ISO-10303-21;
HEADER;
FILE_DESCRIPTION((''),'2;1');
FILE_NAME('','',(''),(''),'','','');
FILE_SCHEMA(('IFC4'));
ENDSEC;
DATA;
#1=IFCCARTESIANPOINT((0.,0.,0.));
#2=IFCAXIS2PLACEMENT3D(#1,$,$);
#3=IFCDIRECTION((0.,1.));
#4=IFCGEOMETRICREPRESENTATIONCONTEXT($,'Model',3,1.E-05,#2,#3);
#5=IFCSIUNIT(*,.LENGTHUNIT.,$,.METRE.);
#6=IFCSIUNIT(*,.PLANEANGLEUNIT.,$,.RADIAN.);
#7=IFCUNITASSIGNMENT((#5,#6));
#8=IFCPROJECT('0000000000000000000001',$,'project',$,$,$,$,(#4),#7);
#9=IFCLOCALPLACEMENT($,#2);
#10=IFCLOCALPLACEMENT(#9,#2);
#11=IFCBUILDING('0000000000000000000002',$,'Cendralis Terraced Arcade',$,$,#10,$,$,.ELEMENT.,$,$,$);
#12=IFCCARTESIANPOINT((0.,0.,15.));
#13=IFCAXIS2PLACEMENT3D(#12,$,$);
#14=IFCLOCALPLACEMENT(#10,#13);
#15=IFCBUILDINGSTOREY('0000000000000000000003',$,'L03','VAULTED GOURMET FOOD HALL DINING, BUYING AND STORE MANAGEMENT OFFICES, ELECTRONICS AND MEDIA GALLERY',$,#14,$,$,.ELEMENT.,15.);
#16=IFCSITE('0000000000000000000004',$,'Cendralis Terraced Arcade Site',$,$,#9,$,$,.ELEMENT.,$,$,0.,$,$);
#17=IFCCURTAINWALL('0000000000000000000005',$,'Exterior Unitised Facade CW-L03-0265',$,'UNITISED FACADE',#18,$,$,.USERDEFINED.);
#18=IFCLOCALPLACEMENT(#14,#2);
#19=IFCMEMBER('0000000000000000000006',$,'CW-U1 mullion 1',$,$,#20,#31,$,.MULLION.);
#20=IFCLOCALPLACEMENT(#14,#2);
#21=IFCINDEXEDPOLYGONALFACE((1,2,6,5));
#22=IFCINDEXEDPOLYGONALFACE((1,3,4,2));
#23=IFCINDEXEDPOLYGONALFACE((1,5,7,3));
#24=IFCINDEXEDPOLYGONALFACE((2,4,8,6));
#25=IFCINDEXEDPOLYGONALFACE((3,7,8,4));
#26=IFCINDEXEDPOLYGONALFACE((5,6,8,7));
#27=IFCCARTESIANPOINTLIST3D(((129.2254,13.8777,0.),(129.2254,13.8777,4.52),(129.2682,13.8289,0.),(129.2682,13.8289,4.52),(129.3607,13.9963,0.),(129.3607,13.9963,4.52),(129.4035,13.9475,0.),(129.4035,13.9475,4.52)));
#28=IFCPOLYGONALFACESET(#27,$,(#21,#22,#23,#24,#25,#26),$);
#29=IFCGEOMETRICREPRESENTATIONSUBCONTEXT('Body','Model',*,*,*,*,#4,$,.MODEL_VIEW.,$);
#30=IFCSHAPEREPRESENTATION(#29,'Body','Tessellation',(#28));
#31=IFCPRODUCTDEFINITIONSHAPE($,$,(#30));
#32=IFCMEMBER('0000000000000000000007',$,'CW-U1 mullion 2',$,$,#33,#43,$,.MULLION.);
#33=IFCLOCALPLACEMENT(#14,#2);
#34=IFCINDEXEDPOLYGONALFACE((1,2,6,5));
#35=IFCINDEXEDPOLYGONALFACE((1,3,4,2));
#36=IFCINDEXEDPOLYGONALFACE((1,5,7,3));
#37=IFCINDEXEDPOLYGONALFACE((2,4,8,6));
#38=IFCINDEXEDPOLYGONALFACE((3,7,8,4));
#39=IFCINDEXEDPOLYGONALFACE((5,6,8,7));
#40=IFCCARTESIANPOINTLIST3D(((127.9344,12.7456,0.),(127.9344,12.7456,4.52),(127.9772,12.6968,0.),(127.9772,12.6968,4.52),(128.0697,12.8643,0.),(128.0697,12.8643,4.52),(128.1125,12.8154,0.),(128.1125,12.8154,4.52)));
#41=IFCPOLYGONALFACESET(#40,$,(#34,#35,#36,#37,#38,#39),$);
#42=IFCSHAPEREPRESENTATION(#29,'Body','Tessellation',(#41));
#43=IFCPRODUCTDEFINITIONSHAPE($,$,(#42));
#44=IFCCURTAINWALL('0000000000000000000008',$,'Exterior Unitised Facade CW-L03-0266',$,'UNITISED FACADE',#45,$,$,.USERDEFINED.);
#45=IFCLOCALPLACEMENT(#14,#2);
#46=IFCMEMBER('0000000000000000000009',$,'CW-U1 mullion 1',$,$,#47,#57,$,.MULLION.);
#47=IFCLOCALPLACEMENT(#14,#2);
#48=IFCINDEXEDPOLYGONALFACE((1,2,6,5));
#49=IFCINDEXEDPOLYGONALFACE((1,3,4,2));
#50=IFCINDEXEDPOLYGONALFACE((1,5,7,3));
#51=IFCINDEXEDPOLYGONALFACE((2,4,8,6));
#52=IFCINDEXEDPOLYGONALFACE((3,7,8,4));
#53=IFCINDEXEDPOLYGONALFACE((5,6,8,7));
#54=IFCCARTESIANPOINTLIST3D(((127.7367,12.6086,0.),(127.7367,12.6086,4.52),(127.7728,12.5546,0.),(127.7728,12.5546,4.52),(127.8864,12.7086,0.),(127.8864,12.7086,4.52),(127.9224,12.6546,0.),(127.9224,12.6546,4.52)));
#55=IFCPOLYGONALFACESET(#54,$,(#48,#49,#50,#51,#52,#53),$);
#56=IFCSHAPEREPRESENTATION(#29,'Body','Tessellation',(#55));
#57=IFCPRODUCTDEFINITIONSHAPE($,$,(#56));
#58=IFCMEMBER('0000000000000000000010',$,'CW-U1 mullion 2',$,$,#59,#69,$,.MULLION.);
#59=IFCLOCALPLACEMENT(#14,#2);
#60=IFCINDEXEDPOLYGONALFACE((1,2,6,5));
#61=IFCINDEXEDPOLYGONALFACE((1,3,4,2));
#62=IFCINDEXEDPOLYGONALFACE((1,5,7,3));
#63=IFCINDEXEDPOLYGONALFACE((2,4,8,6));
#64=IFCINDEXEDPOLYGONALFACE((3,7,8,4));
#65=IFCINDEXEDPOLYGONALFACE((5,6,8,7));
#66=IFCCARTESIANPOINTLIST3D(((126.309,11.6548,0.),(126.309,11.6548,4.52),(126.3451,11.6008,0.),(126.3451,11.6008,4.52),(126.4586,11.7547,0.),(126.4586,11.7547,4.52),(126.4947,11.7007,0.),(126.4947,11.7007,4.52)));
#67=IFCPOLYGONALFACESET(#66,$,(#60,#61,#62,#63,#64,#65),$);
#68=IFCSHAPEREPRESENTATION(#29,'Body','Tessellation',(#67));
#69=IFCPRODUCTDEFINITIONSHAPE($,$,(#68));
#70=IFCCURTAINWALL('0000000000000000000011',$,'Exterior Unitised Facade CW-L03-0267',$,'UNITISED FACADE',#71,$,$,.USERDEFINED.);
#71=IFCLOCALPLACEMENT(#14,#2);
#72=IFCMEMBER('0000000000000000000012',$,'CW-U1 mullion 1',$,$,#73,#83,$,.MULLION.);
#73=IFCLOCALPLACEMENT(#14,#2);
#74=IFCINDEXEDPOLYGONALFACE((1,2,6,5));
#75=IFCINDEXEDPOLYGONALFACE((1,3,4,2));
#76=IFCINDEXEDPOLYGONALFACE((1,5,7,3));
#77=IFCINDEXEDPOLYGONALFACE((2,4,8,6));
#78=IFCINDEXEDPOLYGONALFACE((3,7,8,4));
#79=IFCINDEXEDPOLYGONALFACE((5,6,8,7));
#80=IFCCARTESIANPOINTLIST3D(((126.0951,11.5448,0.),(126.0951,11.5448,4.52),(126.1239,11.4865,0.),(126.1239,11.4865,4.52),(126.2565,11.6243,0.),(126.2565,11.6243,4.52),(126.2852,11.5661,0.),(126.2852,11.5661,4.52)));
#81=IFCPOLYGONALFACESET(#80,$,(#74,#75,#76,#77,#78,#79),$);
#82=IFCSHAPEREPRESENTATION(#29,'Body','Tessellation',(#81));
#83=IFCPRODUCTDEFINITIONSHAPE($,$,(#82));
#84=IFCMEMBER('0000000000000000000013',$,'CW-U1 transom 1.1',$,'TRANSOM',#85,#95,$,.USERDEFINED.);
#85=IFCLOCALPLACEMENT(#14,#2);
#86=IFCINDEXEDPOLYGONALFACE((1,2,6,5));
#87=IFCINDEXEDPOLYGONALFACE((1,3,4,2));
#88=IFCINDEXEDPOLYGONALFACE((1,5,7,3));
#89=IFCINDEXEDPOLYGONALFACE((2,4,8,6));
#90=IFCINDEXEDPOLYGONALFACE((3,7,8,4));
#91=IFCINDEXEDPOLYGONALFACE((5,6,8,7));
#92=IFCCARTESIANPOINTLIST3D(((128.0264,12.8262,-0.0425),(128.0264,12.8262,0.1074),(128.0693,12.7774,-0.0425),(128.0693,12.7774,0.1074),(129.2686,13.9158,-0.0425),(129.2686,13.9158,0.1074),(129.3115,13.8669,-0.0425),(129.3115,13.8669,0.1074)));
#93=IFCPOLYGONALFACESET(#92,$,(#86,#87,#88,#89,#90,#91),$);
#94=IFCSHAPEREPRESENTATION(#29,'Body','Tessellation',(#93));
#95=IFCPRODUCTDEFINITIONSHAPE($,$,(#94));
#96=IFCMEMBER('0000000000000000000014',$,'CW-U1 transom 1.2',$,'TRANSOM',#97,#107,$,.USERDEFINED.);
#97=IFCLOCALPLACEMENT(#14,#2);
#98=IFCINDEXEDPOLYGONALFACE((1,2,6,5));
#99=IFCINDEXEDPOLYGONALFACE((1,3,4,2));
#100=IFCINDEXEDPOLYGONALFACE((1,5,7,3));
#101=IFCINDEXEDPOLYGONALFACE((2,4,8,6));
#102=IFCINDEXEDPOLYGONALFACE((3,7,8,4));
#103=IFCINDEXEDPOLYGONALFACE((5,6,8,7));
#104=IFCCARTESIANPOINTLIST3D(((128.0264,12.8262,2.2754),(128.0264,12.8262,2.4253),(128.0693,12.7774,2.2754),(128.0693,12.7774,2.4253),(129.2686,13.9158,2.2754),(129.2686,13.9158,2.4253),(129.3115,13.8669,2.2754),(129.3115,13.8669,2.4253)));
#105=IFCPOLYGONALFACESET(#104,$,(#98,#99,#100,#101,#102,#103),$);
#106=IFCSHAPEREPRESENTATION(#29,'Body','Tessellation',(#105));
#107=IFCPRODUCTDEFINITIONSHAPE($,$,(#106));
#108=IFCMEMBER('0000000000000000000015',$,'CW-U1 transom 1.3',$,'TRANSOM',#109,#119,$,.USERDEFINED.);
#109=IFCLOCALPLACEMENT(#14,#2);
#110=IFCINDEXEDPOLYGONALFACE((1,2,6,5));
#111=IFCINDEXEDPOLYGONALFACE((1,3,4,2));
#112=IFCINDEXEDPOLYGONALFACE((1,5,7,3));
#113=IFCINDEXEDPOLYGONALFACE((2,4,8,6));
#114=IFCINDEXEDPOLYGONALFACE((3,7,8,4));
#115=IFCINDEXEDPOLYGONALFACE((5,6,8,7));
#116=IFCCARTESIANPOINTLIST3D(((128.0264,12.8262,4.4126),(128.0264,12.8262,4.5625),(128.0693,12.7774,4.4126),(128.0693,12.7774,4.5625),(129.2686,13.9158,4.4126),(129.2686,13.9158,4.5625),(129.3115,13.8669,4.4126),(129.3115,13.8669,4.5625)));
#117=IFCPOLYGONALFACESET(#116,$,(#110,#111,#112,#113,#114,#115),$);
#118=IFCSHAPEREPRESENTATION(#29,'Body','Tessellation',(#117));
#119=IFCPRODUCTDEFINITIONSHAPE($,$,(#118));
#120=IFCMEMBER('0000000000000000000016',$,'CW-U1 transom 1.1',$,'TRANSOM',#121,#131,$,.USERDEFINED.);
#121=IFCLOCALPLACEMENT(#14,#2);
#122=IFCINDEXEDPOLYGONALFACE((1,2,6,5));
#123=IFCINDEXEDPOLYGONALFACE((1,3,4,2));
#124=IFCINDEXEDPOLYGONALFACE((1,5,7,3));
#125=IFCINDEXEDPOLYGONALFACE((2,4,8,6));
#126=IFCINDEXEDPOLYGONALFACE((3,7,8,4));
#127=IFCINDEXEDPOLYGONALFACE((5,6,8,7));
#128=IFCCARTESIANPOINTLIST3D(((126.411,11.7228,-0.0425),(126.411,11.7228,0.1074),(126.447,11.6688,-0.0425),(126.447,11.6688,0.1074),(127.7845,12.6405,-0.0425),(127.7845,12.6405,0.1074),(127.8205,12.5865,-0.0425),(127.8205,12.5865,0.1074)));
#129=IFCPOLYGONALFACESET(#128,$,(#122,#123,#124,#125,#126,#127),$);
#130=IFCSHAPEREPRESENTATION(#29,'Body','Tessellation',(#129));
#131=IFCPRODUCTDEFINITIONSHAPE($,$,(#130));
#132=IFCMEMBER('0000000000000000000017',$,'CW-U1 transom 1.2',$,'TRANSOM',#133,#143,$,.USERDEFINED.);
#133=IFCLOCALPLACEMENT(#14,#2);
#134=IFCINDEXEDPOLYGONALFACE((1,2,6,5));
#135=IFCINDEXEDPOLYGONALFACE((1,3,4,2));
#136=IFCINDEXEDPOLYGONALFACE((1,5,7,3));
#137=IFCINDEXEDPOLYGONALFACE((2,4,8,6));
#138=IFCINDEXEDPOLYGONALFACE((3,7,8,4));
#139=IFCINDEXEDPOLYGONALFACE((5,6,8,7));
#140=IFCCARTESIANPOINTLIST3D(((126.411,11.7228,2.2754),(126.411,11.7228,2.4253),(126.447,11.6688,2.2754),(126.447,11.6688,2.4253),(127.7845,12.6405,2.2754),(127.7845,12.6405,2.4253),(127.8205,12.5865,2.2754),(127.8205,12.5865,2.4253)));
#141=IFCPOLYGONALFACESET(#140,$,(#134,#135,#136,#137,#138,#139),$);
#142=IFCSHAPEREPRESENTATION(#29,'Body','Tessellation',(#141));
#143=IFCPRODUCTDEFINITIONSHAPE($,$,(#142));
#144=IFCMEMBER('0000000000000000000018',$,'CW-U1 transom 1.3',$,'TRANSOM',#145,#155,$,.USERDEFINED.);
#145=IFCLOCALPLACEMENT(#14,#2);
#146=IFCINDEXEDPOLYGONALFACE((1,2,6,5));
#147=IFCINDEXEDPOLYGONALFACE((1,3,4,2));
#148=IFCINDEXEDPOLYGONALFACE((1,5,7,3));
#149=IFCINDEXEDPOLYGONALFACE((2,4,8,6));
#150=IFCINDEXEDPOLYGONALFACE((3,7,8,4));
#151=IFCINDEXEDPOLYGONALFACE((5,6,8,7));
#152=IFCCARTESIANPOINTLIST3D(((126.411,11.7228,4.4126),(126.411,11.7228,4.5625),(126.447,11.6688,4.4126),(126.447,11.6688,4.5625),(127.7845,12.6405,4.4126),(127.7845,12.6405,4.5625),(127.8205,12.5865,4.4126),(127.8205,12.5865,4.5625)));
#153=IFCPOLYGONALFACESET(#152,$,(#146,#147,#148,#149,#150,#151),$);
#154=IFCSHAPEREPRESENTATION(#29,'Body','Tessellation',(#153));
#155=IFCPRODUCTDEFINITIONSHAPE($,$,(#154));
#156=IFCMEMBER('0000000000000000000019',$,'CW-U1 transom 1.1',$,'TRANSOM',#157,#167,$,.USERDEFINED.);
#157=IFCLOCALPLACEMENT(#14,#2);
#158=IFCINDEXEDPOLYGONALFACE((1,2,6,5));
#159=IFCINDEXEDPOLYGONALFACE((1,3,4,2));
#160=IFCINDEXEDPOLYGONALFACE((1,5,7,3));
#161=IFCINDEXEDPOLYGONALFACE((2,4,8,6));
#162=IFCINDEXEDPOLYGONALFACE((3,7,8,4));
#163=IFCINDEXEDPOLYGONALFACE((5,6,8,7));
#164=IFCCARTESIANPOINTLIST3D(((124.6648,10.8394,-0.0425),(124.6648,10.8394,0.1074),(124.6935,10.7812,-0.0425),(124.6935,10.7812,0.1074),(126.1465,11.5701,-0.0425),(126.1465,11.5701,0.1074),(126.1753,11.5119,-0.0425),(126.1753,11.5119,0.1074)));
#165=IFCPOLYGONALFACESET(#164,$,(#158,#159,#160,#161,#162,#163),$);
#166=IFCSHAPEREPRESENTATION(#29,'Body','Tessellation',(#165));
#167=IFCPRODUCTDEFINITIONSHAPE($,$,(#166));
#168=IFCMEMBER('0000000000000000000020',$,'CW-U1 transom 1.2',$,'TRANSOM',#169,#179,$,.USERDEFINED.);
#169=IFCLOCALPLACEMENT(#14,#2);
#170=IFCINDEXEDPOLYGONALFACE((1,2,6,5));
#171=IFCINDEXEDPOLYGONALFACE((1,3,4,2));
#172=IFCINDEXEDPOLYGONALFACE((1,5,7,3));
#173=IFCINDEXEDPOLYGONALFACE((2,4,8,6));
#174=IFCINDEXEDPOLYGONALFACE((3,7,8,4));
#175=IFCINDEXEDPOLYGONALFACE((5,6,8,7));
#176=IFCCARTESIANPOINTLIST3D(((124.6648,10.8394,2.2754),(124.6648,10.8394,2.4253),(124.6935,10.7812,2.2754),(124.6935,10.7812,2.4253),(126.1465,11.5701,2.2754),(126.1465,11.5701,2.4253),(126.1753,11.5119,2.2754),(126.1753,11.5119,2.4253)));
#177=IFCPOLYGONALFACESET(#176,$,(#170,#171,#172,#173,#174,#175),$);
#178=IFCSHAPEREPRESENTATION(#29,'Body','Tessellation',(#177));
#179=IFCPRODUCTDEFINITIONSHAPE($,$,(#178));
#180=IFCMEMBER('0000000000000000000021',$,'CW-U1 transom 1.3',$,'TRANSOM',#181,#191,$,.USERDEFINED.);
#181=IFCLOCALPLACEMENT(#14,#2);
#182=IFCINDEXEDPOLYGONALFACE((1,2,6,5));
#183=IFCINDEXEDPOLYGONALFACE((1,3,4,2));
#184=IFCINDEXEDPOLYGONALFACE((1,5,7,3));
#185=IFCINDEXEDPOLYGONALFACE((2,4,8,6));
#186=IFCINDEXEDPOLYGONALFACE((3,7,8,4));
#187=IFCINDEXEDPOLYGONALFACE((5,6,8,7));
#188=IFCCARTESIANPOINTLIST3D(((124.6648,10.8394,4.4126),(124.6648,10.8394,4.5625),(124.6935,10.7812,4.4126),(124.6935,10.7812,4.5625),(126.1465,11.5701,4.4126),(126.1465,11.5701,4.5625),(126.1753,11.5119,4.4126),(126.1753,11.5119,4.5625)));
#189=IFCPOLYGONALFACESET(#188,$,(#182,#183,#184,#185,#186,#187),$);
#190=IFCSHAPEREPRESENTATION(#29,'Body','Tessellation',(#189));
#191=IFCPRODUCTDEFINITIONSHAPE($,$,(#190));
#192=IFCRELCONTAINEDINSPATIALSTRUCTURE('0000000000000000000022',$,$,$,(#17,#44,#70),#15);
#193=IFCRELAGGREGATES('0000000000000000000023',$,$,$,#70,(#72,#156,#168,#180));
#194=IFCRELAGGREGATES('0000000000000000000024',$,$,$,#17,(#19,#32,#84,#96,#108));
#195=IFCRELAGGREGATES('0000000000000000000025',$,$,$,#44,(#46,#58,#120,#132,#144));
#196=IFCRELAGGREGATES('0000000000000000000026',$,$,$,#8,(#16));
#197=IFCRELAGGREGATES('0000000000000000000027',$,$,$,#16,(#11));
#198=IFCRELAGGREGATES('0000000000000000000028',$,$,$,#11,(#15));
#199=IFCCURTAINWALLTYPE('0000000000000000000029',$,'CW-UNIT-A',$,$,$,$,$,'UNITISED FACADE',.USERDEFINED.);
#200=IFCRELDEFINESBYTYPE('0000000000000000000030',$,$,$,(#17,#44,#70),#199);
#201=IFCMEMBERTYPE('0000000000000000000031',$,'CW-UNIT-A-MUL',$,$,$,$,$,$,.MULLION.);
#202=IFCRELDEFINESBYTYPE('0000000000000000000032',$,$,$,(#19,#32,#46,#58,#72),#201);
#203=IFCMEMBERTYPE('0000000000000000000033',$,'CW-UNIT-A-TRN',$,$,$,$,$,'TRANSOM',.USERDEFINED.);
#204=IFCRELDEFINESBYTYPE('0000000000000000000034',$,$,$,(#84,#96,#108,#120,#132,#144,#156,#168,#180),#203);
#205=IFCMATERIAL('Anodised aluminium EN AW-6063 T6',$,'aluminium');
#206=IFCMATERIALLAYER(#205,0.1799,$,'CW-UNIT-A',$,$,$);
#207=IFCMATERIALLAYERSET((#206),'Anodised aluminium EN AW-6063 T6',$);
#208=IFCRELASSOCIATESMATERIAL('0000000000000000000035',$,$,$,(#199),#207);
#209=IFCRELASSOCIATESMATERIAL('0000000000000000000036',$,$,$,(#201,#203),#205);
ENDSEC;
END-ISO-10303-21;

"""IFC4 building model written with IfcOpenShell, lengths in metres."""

from ifc_helpers import new_model, si_unit, direction, frame, origin, origin_2d, place, context, subcontext, project, spatial, rectangle, extrude, material, layer, layer_set, material_profile, profile_set, type_object, element, aggregate, save


model = new_model("IFC4")

# Units and contexts
model_context = context("Model", 3, precision=1e-05, world=origin(), true_north=direction((0.0, 1.0)))
body_context = subcontext(model_context, "Body", "Model", "MODEL_VIEW")
ifc_project = project(units=[si_unit("LENGTHUNIT", "METRE"), si_unit("PLANEANGLEUNIT", "RADIAN")], contexts=[model_context])

# Site, building, storey
site_placement = place(None, origin())
site = spatial("IfcSite", under=ifc_project, at=site_placement, Name="Cendralis Terraced Arcade Site", CompositionType="ELEMENT", RefElevation=0.0)
building_placement = place(site_placement, origin())
building = spatial("IfcBuilding", under=site, at=building_placement, Name="Cendralis Terraced Arcade", CompositionType="ELEMENT")
storey_placement = place(building_placement, frame((0.0, 0.0, 15.0)))
storey = spatial("IfcBuildingStorey", under=building, at=storey_placement, Name="L03", Description="VAULTED GOURMET FOOD HALL DINING, BUYING AND STORE MANAGEMENT OFFICES, ELECTRONICS AND MEDIA GALLERY", CompositionType="ELEMENT", Elevation=15.0)

# Curtain walls, members
ifc_material_1 = material(Name="Anodised aluminium EN AW-6063 T6", Category="aluminium")
ifc_layer_1 = layer(ifc_material_1, 0.1799, Name="CW-UNIT-A")
ifc_layer_set_1 = layer_set([ifc_layer_1], Name="Anodised aluminium EN AW-6063 T6")
curtain_wall_type = type_object("IfcCurtainWallType", Name="CW-UNIT-A", ElementType="UNITISED FACADE", PredefinedType="USERDEFINED", material=ifc_layer_set_1)
curtain_wall_1_placement = place(storey_placement, origin())
curtain_wall_1 = element("IfcCurtainWall", 1, at=curtain_wall_1_placement, inside=storey, type_object=curtain_wall_type, Name="Exterior Unitised Facade CW-L03-0265", ObjectType="UNITISED FACADE", PredefinedType="USERDEFINED")
ifc_material_profile_1 = material_profile(ifc_material_1, rectangle(XDim=0.0649, YDim=0.1799, at=origin_2d()), Name="ALU-MUL-65x180")
ifc_profile_set_1 = profile_set([ifc_material_profile_1], Name="Anodised aluminium EN AW-6063 T6")
member_type_1 = type_object("IfcMemberType", Name="CW-UNIT-A-MUL", PredefinedType="MULLION", material=ifc_profile_set_1)
member_1_placement = place(storey_placement, frame((129.3145, 13.9126, 0.0), z_axis=(0.0, 0.0, 1.0), x_axis=(0.659386, -0.751804, 0.0)))
member_1 = element("IfcMember", 2, at=member_1_placement, type_object=member_type_1, Name="CW-U1 mullion 1", PredefinedType="MULLION", context=body_context, shape_type="SweptSolid", body=[
    extrude(rectangle(XDim=0.0649, YDim=0.1799, at=origin_2d()), origin(), (0.0, 0.0, 1.0), 4.52),
])
member_2_placement = place(storey_placement, frame((128.0234, 12.7805, 0.0), z_axis=(0.0, 0.0, 1.0), x_axis=(0.659386, -0.751804, 0.0)))
member_2 = element("IfcMember", 3, at=member_2_placement, type_object=member_type_1, Name="CW-U1 mullion 2", PredefinedType="MULLION", context=body_context, shape_type="SweptSolid", body=[
    extrude(rectangle(XDim=0.0649, YDim=0.1799, at=origin_2d()), origin(), (0.0, 0.0, 1.0), 4.52),
])
curtain_wall_2_placement = place(storey_placement, origin())
curtain_wall_2 = element("IfcCurtainWall", 4, at=curtain_wall_2_placement, inside=storey, type_object=curtain_wall_type, Name="Exterior Unitised Facade CW-L03-0266", ObjectType="UNITISED FACADE", PredefinedType="USERDEFINED")
member_3_placement = place(storey_placement, frame((127.8296, 12.6316, 0.0), z_axis=(0.0, 0.0, 1.0), x_axis=(0.555567, -0.831471, 0.0)))
member_3 = element("IfcMember", 5, at=member_3_placement, type_object=member_type_1, Name="CW-U1 mullion 1", PredefinedType="MULLION", context=body_context, shape_type="SweptSolid", body=[
    extrude(rectangle(XDim=0.0649, YDim=0.1799, at=origin_2d()), origin(), (0.0, 0.0, 1.0), 4.52),
])
member_4_placement = place(storey_placement, frame((126.4019, 11.6777, 0.0), z_axis=(0.0, 0.0, 1.0), x_axis=(0.555567, -0.831471, 0.0)))
member_4 = element("IfcMember", 6, at=member_4_placement, type_object=member_type_1, Name="CW-U1 mullion 2", PredefinedType="MULLION", context=body_context, shape_type="SweptSolid", body=[
    extrude(rectangle(XDim=0.0649, YDim=0.1799, at=origin_2d()), origin(), (0.0, 0.0, 1.0), 4.52),
])

# Curtain wall, member
curtain_wall_3_placement = place(storey_placement, origin())
curtain_wall_3 = element("IfcCurtainWall", 7, at=curtain_wall_3_placement, inside=storey, type_object=curtain_wall_type, Name="Exterior Unitised Facade CW-L03-0267", ObjectType="UNITISED FACADE", PredefinedType="USERDEFINED")
member_5_placement = place(storey_placement, frame((126.1902, 11.5554, 0.0), z_axis=(0.0, 0.0, 1.0), x_axis=(0.442291, -0.896871, 0.0)))
member_5 = element("IfcMember", 8, at=member_5_placement, type_object=member_type_1, Name="CW-U1 mullion 1", PredefinedType="MULLION", context=body_context, shape_type="SweptSolid", body=[
    extrude(rectangle(XDim=0.0649, YDim=0.1799, at=origin_2d()), origin(), (0.0, 0.0, 1.0), 4.52),
])

# Members
ifc_material_profile_2 = material_profile(ifc_material_1, rectangle(XDim=0.0649, YDim=0.1499, at=origin_2d()), Name="ALU-TRN-65x150")
ifc_profile_set_2 = profile_set([ifc_material_profile_2], Name="Anodised aluminium EN AW-6063 T6")
member_type_2 = type_object("IfcMemberType", Name="CW-UNIT-A-TRN", ElementType="TRANSOM", PredefinedType="USERDEFINED", material=ifc_profile_set_2)
member_6_placement = place(storey_placement, frame((129.29, 13.8914, 0.0325), z_axis=(-0.751771, -0.659425, 0.0), x_axis=(0.659425, -0.751771, 0.0)))
member_6 = element("IfcMember", 9, at=member_6_placement, type_object=member_type_2, Name="CW-U1 transom 1.1", ObjectType="TRANSOM", PredefinedType="USERDEFINED", context=body_context, shape_type="SweptSolid", body=[
    extrude(rectangle(XDim=0.0649, YDim=0.1499, at=origin_2d()), origin(), (0.0, 0.0, 1.0), 1.6523),
])
member_7_placement = place(storey_placement, frame((129.29, 13.8914, 2.3503), z_axis=(-0.751771, -0.659425, 0.0), x_axis=(0.659425, -0.751771, 0.0)))
member_7 = element("IfcMember", 10, at=member_7_placement, type_object=member_type_2, Name="CW-U1 transom 1.2", ObjectType="TRANSOM", PredefinedType="USERDEFINED", context=body_context, shape_type="SweptSolid", body=[
    extrude(rectangle(XDim=0.0649, YDim=0.1499, at=origin_2d()), origin(), (0.0, 0.0, 1.0), 1.6523),
])
member_8_placement = place(storey_placement, frame((129.29, 13.8914, 4.4875), z_axis=(-0.751771, -0.659425, 0.0), x_axis=(0.659425, -0.751771, 0.0)))
member_8 = element("IfcMember", 11, at=member_8_placement, type_object=member_type_2, Name="CW-U1 transom 1.3", ObjectType="TRANSOM", PredefinedType="USERDEFINED", context=body_context, shape_type="SweptSolid", body=[
    extrude(rectangle(XDim=0.0649, YDim=0.1499, at=origin_2d()), origin(), (0.0, 0.0, 1.0), 1.6523),
])
member_9_placement = place(storey_placement, frame((127.8025, 12.6135, 0.0325), z_axis=(-0.831481, -0.555553, 0.0), x_axis=(0.555553, -0.831481, 0.0)))
member_9 = element("IfcMember", 12, at=member_9_placement, type_object=member_type_2, Name="CW-U1 transom 1.1", ObjectType="TRANSOM", PredefinedType="USERDEFINED", context=body_context, shape_type="SweptSolid", body=[
    extrude(rectangle(XDim=0.0649, YDim=0.1499, at=origin_2d()), origin(), (0.0, 0.0, 1.0), 1.6519),
])
member_10_placement = place(storey_placement, frame((127.8025, 12.6135, 2.3503), z_axis=(-0.831481, -0.555553, 0.0), x_axis=(0.555553, -0.831481, 0.0)))
member_10 = element("IfcMember", 13, at=member_10_placement, type_object=member_type_2, Name="CW-U1 transom 1.2", ObjectType="TRANSOM", PredefinedType="USERDEFINED", context=body_context, shape_type="SweptSolid", body=[
    extrude(rectangle(XDim=0.0649, YDim=0.1499, at=origin_2d()), origin(), (0.0, 0.0, 1.0), 1.6519),
])
member_11_placement = place(storey_placement, frame((127.8025, 12.6135, 4.4875), z_axis=(-0.831481, -0.555553, 0.0), x_axis=(0.555553, -0.831481, 0.0)))
member_11 = element("IfcMember", 14, at=member_11_placement, type_object=member_type_2, Name="CW-U1 transom 1.3", ObjectType="TRANSOM", PredefinedType="USERDEFINED", context=body_context, shape_type="SweptSolid", body=[
    extrude(rectangle(XDim=0.0649, YDim=0.1499, at=origin_2d()), origin(), (0.0, 0.0, 1.0), 1.6519),
])
member_12_placement = place(storey_placement, frame((126.1609, 11.541, 0.0325), z_axis=(-0.896867, -0.442301, 0.0), x_axis=(0.442301, -0.896867, 0.0)))
member_12 = element("IfcMember", 15, at=member_12_placement, type_object=member_type_2, Name="CW-U1 transom 1.1", ObjectType="TRANSOM", PredefinedType="USERDEFINED", context=body_context, shape_type="SweptSolid", body=[
    extrude(rectangle(XDim=0.0649, YDim=0.1499, at=origin_2d()), origin(), (0.0, 0.0, 1.0), 1.6521),
])
member_13_placement = place(storey_placement, frame((126.1609, 11.541, 2.3503), z_axis=(-0.896867, -0.442301, 0.0), x_axis=(0.442301, -0.896867, 0.0)))
member_13 = element("IfcMember", 16, at=member_13_placement, type_object=member_type_2, Name="CW-U1 transom 1.2", ObjectType="TRANSOM", PredefinedType="USERDEFINED", context=body_context, shape_type="SweptSolid", body=[
    extrude(rectangle(XDim=0.0649, YDim=0.1499, at=origin_2d()), origin(), (0.0, 0.0, 1.0), 1.6521),
])
member_14_placement = place(storey_placement, frame((126.1609, 11.541, 4.4875), z_axis=(-0.896867, -0.442301, 0.0), x_axis=(0.442301, -0.896867, 0.0)))
member_14 = element("IfcMember", 17, at=member_14_placement, type_object=member_type_2, Name="CW-U1 transom 1.3", ObjectType="TRANSOM", PredefinedType="USERDEFINED", context=body_context, shape_type="SweptSolid", body=[
    extrude(rectangle(XDim=0.0649, YDim=0.1499, at=origin_2d()), origin(), (0.0, 0.0, 1.0), 1.6521),
])
aggregate(curtain_wall_3, [member_5, member_12, member_13, member_14])

aggregate(curtain_wall_1, [member_1, member_2, member_6, member_7, member_8])
aggregate(curtain_wall_2, [member_3, member_4, member_9, member_10, member_11])

save(model, "model.ifc")
